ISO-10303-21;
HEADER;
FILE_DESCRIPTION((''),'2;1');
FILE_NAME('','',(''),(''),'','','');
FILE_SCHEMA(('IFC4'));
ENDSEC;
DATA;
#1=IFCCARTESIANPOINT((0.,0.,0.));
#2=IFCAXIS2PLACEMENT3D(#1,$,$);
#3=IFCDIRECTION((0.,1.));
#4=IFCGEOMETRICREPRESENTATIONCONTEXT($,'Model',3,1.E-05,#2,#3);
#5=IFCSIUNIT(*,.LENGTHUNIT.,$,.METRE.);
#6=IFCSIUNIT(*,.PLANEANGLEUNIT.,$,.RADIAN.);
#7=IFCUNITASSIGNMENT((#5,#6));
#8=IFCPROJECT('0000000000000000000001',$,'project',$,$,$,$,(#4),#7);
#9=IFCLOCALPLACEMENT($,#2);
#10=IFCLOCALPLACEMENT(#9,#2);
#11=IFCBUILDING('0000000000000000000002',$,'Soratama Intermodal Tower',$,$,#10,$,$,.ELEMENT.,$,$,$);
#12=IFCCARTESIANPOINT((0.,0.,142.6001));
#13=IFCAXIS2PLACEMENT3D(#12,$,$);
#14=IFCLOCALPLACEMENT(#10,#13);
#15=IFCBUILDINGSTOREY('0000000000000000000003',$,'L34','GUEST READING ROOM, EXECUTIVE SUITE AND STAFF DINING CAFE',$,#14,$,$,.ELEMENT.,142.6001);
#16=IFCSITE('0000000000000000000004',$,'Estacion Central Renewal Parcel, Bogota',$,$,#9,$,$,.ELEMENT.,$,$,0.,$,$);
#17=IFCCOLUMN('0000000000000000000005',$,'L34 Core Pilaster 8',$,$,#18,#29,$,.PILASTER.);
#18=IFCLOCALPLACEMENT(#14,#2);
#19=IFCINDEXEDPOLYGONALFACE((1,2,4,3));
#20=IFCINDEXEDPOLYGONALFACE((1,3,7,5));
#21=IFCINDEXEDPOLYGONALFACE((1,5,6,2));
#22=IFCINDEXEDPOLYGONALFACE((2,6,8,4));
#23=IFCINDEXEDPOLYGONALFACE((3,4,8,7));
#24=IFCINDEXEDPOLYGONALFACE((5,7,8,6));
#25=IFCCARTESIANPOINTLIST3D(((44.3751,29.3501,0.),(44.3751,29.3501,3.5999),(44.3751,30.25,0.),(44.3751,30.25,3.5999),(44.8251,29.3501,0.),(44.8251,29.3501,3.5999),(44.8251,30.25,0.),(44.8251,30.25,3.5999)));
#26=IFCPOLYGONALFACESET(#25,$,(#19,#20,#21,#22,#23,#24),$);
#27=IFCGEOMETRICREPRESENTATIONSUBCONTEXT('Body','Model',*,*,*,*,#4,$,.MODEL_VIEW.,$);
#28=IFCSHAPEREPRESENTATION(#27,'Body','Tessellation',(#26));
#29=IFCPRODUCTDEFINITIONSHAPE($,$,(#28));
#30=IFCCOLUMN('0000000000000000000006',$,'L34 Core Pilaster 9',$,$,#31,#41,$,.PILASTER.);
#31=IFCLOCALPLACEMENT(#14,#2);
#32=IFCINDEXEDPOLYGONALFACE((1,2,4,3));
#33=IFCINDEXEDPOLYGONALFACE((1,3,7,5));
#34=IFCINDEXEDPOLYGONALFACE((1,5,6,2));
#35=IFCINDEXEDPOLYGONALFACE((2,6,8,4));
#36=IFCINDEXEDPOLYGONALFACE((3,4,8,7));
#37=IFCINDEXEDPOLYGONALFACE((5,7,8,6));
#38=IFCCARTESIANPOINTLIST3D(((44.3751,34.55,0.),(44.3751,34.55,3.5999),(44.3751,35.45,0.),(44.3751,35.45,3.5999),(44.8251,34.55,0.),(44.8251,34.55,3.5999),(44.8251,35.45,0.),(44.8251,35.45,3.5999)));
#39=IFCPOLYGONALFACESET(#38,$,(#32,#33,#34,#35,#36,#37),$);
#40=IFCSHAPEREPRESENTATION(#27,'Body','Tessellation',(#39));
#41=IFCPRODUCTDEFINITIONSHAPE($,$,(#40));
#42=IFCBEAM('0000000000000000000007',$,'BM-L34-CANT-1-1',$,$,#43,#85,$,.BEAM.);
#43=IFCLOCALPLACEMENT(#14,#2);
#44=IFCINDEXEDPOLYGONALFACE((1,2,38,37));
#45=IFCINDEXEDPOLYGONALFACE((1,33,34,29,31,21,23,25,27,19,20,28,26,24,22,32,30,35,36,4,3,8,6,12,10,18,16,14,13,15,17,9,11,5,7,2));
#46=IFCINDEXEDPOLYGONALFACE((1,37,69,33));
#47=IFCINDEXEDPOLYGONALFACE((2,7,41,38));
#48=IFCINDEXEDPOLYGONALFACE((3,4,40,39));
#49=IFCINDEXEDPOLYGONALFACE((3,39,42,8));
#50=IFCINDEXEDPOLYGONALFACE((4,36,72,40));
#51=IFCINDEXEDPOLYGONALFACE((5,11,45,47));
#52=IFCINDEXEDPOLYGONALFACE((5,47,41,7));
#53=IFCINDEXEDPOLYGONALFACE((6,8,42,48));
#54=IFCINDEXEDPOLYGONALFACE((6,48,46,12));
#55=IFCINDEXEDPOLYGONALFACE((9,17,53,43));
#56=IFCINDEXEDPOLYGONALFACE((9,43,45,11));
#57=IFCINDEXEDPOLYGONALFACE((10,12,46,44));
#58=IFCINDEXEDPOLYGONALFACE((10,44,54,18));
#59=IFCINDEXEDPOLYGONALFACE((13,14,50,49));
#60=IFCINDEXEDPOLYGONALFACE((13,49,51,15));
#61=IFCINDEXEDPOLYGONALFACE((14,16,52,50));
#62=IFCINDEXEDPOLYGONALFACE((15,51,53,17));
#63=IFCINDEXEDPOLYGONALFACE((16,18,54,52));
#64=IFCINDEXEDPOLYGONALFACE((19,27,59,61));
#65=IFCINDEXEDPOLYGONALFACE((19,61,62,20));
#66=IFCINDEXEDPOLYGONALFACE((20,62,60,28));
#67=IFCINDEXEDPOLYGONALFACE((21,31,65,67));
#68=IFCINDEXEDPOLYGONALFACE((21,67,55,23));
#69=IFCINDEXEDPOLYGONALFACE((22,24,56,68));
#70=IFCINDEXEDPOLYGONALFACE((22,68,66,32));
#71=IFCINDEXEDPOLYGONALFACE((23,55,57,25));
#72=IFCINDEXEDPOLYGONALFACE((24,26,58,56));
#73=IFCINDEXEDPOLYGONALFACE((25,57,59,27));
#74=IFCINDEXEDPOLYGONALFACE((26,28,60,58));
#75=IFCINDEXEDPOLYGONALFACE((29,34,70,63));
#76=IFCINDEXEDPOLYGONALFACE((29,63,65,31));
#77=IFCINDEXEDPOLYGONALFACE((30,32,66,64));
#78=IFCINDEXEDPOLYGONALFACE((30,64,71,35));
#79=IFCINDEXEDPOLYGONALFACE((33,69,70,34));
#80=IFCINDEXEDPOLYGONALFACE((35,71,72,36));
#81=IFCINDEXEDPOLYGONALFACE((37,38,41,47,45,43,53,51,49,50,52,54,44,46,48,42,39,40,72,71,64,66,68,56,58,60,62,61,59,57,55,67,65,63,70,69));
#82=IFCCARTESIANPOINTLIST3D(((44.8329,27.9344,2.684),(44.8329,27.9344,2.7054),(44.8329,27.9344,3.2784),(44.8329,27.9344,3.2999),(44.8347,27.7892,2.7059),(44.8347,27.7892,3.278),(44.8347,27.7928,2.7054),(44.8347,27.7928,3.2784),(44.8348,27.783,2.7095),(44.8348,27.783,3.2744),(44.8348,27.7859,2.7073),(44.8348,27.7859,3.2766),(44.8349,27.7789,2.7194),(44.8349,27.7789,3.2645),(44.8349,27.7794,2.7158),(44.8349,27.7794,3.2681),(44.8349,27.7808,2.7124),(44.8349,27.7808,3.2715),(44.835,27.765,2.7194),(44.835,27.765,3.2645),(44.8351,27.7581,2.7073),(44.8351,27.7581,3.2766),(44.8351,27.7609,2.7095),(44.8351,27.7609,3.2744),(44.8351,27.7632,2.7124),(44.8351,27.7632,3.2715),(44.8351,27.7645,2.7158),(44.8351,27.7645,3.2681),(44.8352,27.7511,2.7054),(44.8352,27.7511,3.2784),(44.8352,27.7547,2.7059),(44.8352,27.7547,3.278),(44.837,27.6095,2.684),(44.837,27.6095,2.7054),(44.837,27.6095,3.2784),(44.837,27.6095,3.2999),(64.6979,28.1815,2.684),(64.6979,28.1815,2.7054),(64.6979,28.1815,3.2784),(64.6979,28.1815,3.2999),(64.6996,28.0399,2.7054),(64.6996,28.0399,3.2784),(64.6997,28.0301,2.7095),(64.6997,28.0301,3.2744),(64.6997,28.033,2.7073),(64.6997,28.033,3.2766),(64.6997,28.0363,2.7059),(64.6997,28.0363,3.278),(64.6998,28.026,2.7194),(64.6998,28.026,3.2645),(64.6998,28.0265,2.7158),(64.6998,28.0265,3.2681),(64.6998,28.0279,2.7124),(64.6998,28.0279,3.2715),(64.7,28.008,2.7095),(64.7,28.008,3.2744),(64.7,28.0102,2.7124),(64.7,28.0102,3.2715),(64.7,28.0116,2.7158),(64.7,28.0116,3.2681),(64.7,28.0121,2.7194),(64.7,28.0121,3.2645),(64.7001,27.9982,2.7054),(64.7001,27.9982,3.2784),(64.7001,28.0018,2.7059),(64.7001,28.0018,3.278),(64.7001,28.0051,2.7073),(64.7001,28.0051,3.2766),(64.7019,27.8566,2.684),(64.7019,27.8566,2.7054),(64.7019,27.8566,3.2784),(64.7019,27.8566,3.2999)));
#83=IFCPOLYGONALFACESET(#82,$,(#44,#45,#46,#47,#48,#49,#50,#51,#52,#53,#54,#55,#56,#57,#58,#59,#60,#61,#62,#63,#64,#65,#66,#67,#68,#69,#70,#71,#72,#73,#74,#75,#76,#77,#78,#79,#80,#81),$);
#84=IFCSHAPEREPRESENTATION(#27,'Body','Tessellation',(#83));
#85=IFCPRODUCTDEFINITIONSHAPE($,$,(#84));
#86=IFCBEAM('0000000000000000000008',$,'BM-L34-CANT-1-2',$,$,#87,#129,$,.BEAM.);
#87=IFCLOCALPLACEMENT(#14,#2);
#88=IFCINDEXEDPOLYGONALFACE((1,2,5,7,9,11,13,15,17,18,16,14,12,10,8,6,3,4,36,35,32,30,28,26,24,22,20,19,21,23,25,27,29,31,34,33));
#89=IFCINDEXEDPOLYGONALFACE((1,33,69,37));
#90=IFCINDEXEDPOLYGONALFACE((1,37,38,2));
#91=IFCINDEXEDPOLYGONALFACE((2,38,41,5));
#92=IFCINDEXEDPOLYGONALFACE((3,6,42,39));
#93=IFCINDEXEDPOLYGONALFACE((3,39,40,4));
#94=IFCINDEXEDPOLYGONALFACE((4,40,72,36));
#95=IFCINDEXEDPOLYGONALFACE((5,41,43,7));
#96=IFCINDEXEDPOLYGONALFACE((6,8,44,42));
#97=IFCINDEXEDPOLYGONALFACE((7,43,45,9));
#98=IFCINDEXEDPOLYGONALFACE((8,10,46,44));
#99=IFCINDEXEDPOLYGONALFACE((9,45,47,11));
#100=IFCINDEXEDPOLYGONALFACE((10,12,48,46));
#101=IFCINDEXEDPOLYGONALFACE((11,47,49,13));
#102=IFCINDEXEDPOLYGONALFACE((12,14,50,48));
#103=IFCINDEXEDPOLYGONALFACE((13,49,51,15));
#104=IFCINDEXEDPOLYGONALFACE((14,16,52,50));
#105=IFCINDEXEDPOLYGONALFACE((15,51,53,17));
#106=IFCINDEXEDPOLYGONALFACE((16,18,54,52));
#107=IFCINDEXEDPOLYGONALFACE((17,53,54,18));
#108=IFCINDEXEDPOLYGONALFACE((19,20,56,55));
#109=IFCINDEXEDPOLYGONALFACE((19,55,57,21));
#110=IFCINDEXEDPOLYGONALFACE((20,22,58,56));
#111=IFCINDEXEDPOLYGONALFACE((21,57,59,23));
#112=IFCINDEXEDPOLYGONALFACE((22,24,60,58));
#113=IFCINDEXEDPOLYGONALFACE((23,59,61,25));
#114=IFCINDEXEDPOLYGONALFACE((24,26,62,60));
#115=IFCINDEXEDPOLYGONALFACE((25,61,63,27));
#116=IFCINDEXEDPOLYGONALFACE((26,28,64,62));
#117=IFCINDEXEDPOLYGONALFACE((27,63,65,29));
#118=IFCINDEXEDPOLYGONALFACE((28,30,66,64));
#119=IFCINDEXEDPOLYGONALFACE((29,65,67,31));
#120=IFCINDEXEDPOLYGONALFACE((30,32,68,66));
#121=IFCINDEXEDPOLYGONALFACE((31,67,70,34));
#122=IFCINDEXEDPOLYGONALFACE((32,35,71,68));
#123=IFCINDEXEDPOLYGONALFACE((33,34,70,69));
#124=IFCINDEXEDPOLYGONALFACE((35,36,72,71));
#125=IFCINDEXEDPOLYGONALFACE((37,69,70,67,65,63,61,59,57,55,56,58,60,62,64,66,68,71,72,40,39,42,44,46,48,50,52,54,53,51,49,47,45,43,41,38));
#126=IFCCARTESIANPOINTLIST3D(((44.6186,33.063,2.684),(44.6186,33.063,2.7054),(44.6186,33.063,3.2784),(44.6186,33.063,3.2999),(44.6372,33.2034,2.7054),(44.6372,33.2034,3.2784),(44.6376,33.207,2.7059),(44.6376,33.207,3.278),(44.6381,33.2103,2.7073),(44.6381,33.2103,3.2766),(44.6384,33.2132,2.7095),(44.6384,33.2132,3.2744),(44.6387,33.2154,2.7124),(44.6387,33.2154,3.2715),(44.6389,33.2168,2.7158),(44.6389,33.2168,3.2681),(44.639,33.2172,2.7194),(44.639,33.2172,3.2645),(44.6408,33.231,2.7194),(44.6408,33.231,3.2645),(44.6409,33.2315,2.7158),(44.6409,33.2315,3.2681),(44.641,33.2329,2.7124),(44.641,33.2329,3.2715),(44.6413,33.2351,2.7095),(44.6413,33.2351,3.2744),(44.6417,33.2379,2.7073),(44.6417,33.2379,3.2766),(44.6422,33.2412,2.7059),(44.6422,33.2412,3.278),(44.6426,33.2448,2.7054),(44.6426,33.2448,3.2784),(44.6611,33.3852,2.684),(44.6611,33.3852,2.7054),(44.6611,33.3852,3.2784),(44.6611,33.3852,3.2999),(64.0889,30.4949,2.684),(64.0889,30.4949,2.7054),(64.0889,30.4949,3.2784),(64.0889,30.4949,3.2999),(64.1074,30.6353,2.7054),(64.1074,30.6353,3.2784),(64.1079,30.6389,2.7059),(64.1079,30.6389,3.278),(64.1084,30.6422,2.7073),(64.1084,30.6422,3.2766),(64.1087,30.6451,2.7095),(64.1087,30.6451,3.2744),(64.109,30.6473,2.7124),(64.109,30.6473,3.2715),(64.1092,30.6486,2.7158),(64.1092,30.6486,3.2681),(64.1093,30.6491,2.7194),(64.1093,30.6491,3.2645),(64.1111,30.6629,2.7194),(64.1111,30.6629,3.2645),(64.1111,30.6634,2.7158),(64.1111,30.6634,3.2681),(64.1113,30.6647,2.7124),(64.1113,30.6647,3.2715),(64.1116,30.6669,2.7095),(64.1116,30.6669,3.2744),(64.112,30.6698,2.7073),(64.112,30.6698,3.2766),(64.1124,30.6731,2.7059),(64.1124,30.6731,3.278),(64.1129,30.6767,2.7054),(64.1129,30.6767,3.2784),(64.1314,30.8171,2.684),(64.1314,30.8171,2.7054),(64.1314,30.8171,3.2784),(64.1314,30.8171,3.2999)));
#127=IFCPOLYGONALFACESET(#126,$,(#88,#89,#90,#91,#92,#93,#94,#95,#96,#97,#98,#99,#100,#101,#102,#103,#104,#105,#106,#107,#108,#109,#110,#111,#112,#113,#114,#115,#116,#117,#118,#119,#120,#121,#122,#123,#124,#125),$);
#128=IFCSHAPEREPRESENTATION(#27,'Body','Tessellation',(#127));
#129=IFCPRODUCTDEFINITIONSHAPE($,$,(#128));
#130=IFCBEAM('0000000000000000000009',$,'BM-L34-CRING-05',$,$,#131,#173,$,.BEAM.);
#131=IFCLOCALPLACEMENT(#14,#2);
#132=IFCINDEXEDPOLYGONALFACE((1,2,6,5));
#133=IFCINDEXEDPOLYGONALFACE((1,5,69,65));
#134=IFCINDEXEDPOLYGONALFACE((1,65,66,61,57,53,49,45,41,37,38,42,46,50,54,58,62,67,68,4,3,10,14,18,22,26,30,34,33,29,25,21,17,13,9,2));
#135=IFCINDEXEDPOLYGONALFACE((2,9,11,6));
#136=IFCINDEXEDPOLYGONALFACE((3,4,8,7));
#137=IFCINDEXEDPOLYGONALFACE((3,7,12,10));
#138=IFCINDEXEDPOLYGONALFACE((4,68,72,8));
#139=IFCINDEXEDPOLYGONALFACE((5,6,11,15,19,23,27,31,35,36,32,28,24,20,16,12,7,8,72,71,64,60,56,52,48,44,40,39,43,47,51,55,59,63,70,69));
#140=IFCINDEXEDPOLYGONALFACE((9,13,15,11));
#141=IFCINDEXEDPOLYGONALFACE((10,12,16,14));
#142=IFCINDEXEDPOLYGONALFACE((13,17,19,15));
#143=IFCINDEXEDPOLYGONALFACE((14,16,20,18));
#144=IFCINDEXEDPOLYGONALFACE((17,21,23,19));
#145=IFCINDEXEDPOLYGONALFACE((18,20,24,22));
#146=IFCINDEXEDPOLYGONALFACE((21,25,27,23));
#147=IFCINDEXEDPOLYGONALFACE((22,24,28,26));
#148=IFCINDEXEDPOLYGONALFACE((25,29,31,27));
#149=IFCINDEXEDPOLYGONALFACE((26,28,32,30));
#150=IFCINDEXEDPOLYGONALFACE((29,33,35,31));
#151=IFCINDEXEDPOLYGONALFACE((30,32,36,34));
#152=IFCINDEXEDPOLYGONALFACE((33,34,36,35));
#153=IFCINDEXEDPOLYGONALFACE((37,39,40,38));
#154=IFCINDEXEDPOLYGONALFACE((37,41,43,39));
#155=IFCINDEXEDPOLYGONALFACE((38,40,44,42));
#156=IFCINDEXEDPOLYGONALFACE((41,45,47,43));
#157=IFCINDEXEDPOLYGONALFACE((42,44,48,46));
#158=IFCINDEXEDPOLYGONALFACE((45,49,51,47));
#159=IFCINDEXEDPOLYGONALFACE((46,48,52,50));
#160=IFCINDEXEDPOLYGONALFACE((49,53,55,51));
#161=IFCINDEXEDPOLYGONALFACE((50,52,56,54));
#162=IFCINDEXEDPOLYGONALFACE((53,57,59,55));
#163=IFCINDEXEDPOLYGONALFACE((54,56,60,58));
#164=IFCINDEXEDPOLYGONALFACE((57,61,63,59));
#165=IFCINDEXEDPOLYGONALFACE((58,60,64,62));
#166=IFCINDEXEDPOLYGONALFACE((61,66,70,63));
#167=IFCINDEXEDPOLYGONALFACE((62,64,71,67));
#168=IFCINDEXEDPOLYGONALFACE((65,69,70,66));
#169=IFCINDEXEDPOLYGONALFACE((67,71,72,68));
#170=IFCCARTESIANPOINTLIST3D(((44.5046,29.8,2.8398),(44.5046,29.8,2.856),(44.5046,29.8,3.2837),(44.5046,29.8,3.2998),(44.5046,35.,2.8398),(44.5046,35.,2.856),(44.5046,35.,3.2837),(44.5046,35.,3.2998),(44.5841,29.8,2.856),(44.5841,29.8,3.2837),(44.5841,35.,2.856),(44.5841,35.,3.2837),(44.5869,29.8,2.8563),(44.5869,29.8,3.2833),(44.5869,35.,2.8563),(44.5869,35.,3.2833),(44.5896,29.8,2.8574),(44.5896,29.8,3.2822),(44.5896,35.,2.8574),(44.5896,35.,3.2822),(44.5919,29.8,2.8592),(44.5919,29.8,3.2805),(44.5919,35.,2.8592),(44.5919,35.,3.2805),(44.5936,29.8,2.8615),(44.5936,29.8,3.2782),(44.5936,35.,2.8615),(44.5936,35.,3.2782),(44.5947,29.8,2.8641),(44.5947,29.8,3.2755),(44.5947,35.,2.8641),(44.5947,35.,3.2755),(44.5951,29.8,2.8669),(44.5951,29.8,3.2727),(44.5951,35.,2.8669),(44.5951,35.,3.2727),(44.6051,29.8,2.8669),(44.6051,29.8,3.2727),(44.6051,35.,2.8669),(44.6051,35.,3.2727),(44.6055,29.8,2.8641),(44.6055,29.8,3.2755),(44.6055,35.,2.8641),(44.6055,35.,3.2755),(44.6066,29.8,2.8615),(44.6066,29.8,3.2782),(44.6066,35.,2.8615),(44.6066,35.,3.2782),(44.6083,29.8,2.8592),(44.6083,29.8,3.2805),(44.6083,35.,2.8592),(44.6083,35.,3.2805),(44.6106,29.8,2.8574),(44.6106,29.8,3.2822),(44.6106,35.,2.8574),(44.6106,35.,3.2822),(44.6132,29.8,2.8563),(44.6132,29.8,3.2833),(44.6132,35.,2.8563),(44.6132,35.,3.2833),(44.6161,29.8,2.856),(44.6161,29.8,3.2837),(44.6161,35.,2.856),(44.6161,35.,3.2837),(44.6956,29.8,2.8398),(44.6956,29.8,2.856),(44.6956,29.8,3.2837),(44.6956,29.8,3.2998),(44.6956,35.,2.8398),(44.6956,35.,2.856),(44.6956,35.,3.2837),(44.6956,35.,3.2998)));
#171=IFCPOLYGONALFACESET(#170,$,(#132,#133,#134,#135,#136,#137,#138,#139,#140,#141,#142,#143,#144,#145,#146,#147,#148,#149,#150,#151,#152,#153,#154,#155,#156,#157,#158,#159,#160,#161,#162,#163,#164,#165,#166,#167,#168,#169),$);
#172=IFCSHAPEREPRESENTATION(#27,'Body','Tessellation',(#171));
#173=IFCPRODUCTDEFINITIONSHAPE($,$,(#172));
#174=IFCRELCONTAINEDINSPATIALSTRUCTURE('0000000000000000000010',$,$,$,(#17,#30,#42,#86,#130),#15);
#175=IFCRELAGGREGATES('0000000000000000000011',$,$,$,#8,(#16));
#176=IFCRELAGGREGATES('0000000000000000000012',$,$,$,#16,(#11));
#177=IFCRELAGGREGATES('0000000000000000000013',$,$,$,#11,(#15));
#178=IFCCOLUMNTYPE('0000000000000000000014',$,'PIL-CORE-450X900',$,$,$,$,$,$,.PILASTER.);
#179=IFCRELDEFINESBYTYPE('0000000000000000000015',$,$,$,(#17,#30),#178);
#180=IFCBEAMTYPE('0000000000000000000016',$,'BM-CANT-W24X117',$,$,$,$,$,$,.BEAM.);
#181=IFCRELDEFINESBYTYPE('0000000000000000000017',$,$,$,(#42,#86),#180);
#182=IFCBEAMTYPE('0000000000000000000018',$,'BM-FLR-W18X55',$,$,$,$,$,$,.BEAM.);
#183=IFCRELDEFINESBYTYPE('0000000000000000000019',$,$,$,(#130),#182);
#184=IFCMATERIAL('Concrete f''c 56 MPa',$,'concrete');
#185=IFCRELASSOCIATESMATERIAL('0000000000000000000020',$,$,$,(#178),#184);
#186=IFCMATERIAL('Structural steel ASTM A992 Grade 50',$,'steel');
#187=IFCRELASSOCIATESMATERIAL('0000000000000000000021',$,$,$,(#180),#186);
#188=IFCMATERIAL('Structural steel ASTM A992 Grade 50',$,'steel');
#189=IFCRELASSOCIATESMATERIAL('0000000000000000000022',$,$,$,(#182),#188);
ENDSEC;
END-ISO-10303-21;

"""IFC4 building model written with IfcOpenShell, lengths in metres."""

from ifc_helpers import new_model, si_unit, direction, frame, origin, origin_2d, place, context, subcontext, project, spatial, rectangle, i_section, extrude, material, material_profile, profile_set, type_object, element, save


model = new_model("IFC4")

# Units and contexts
model_context = context("Model", 3, precision=1e-05, world=origin(), true_north=direction((0.0, 1.0)))
body_context = subcontext(model_context, "Body", "Model", "MODEL_VIEW")
ifc_project = project(units=[si_unit("LENGTHUNIT", "METRE"), si_unit("PLANEANGLEUNIT", "RADIAN")], contexts=[model_context])

# Site, building, storey
site_placement = place(None, origin())
site = spatial("IfcSite", under=ifc_project, at=site_placement, Name="Estacion Central Renewal Parcel, Bogota", CompositionType="ELEMENT", RefElevation=0.0)
building_placement = place(site_placement, origin())
building = spatial("IfcBuilding", under=site, at=building_placement, Name="Soratama Intermodal Tower", CompositionType="ELEMENT")
storey_placement = place(building_placement, frame((0.0, 0.0, 142.6001)))
storey = spatial("IfcBuildingStorey", under=building, at=storey_placement, Name="L34", Description="GUEST READING ROOM, EXECUTIVE SUITE AND STAFF DINING CAFE", CompositionType="ELEMENT", Elevation=142.6001)

# Columns
ifc_material_1 = material(Name="Concrete f'c 56 MPa", Category="concrete")
ifc_material_profile_1 = material_profile(ifc_material_1, rectangle(XDim=0.45, YDim=0.8999, at=origin_2d()), Name="RC450X900")
ifc_profile_set_1 = profile_set([ifc_material_profile_1], Name="Concrete f'c 56 MPa")
column_type = type_object("IfcColumnType", Name="PIL-CORE-450X900", PredefinedType="PILASTER", material=ifc_profile_set_1)
for number, where, z_axis, x_axis, name in (
    (1, (44.6001, 29.8, 0.0), (0.0, 0.0, 1.0), (1.0, 0.0, 0.0), "L34 Core Pilaster 8"),
    (2, (44.6001, 35.0, 0.0), (0.0, 0.0, 1.0), (1.0, 0.0, 0.0), "L34 Core Pilaster 9"),
):
    element("IfcColumn", number, at=place(storey_placement, frame(where, z_axis=z_axis, x_axis=x_axis)), inside=storey, type_object=column_type, Name=name, PredefinedType="PILASTER", context=body_context, shape_type="SweptSolid", body=[
        extrude(rectangle(XDim=0.45, YDim=0.8999, at=origin_2d()), origin(), (0.0, 0.0, 1.0), 3.5999),
    ])

# Beams
ifc_material_2 = material(Name="Structural steel ASTM A992 Grade 50", Category="steel")
ifc_material_profile_2 = material_profile(ifc_material_2, i_section(OverallWidth=0.325, OverallDepth=0.616, WebThickness=0.0139, FlangeThickness=0.0215, FilletRadius=0.0139, at=origin_2d()), Name="W24X117")
ifc_profile_set_2 = profile_set([ifc_material_profile_2], Name="Structural steel ASTM A992 Grade 50")
beam_type_1 = type_object("IfcBeamType", Name="BM-CANT-W24X117", PredefinedType="BEAM", material=ifc_profile_set_2)
beam_1_placement = place(storey_placement, frame((44.835, 27.772, 2.9919), z_axis=(0.999923, 0.012437, 0.0), x_axis=(-0.012437, 0.999923, 0.0)))
element("IfcBeam", 3, at=beam_1_placement, inside=storey, type_object=beam_type_1, Name="BM-L34-CANT-1-1", PredefinedType="BEAM", context=body_context, shape_type="SweptSolid", body=[
    extrude(i_section(OverallWidth=0.325, OverallDepth=0.616, WebThickness=0.0139, FlangeThickness=0.0215, FilletRadius=0.0139, at=origin_2d()), origin(), (0.0, 0.0, 1.0), 19.8665),
])
beam_2_placement = place(storey_placement, frame((44.6399, 33.2241, 2.9919), z_axis=(0.991413, -0.130767, 0.0), x_axis=(0.130767, 0.991413, 0.0)))
element("IfcBeam", 4, at=beam_2_placement, inside=storey, type_object=beam_type_1, Name="BM-L34-CANT-1-2", PredefinedType="BEAM", context=body_context, shape_type="SweptSolid", body=[
    extrude(i_section(OverallWidth=0.325, OverallDepth=0.616, WebThickness=0.0139, FlangeThickness=0.0215, FilletRadius=0.0139, at=origin_2d()), origin(), (0.0, 0.0, 1.0), 19.6389),
])
ifc_material_3 = material(Name="Structural steel ASTM A992 Grade 50", Category="steel")
ifc_material_profile_3 = material_profile(ifc_material_3, i_section(OverallWidth=0.1909, OverallDepth=0.46, WebThickness=0.01, FlangeThickness=0.0161, FilletRadius=0.011, at=origin_2d()), Name="W18X55")
ifc_profile_set_3 = profile_set([ifc_material_profile_3], Name="Structural steel ASTM A992 Grade 50")
beam_type_2 = type_object("IfcBeamType", Name="BM-FLR-W18X55", PredefinedType="BEAM", material=ifc_profile_set_3)
beam_3_placement = place(storey_placement, frame((44.6001, 29.8, 3.0698), z_axis=(0.0, 1.0, 0.0), x_axis=(-1.0, 0.0, 0.0)))
element("IfcBeam", 5, at=beam_3_placement, inside=storey, type_object=beam_type_2, Name="BM-L34-CRING-05", PredefinedType="BEAM", context=body_context, shape_type="SweptSolid", body=[
    extrude(i_section(OverallWidth=0.1909, OverallDepth=0.46, WebThickness=0.01, FlangeThickness=0.0161, FilletRadius=0.011, at=origin_2d()), origin(), (0.0, 0.0, 1.0), 5.2),
])

save(model, "model.ifc")
